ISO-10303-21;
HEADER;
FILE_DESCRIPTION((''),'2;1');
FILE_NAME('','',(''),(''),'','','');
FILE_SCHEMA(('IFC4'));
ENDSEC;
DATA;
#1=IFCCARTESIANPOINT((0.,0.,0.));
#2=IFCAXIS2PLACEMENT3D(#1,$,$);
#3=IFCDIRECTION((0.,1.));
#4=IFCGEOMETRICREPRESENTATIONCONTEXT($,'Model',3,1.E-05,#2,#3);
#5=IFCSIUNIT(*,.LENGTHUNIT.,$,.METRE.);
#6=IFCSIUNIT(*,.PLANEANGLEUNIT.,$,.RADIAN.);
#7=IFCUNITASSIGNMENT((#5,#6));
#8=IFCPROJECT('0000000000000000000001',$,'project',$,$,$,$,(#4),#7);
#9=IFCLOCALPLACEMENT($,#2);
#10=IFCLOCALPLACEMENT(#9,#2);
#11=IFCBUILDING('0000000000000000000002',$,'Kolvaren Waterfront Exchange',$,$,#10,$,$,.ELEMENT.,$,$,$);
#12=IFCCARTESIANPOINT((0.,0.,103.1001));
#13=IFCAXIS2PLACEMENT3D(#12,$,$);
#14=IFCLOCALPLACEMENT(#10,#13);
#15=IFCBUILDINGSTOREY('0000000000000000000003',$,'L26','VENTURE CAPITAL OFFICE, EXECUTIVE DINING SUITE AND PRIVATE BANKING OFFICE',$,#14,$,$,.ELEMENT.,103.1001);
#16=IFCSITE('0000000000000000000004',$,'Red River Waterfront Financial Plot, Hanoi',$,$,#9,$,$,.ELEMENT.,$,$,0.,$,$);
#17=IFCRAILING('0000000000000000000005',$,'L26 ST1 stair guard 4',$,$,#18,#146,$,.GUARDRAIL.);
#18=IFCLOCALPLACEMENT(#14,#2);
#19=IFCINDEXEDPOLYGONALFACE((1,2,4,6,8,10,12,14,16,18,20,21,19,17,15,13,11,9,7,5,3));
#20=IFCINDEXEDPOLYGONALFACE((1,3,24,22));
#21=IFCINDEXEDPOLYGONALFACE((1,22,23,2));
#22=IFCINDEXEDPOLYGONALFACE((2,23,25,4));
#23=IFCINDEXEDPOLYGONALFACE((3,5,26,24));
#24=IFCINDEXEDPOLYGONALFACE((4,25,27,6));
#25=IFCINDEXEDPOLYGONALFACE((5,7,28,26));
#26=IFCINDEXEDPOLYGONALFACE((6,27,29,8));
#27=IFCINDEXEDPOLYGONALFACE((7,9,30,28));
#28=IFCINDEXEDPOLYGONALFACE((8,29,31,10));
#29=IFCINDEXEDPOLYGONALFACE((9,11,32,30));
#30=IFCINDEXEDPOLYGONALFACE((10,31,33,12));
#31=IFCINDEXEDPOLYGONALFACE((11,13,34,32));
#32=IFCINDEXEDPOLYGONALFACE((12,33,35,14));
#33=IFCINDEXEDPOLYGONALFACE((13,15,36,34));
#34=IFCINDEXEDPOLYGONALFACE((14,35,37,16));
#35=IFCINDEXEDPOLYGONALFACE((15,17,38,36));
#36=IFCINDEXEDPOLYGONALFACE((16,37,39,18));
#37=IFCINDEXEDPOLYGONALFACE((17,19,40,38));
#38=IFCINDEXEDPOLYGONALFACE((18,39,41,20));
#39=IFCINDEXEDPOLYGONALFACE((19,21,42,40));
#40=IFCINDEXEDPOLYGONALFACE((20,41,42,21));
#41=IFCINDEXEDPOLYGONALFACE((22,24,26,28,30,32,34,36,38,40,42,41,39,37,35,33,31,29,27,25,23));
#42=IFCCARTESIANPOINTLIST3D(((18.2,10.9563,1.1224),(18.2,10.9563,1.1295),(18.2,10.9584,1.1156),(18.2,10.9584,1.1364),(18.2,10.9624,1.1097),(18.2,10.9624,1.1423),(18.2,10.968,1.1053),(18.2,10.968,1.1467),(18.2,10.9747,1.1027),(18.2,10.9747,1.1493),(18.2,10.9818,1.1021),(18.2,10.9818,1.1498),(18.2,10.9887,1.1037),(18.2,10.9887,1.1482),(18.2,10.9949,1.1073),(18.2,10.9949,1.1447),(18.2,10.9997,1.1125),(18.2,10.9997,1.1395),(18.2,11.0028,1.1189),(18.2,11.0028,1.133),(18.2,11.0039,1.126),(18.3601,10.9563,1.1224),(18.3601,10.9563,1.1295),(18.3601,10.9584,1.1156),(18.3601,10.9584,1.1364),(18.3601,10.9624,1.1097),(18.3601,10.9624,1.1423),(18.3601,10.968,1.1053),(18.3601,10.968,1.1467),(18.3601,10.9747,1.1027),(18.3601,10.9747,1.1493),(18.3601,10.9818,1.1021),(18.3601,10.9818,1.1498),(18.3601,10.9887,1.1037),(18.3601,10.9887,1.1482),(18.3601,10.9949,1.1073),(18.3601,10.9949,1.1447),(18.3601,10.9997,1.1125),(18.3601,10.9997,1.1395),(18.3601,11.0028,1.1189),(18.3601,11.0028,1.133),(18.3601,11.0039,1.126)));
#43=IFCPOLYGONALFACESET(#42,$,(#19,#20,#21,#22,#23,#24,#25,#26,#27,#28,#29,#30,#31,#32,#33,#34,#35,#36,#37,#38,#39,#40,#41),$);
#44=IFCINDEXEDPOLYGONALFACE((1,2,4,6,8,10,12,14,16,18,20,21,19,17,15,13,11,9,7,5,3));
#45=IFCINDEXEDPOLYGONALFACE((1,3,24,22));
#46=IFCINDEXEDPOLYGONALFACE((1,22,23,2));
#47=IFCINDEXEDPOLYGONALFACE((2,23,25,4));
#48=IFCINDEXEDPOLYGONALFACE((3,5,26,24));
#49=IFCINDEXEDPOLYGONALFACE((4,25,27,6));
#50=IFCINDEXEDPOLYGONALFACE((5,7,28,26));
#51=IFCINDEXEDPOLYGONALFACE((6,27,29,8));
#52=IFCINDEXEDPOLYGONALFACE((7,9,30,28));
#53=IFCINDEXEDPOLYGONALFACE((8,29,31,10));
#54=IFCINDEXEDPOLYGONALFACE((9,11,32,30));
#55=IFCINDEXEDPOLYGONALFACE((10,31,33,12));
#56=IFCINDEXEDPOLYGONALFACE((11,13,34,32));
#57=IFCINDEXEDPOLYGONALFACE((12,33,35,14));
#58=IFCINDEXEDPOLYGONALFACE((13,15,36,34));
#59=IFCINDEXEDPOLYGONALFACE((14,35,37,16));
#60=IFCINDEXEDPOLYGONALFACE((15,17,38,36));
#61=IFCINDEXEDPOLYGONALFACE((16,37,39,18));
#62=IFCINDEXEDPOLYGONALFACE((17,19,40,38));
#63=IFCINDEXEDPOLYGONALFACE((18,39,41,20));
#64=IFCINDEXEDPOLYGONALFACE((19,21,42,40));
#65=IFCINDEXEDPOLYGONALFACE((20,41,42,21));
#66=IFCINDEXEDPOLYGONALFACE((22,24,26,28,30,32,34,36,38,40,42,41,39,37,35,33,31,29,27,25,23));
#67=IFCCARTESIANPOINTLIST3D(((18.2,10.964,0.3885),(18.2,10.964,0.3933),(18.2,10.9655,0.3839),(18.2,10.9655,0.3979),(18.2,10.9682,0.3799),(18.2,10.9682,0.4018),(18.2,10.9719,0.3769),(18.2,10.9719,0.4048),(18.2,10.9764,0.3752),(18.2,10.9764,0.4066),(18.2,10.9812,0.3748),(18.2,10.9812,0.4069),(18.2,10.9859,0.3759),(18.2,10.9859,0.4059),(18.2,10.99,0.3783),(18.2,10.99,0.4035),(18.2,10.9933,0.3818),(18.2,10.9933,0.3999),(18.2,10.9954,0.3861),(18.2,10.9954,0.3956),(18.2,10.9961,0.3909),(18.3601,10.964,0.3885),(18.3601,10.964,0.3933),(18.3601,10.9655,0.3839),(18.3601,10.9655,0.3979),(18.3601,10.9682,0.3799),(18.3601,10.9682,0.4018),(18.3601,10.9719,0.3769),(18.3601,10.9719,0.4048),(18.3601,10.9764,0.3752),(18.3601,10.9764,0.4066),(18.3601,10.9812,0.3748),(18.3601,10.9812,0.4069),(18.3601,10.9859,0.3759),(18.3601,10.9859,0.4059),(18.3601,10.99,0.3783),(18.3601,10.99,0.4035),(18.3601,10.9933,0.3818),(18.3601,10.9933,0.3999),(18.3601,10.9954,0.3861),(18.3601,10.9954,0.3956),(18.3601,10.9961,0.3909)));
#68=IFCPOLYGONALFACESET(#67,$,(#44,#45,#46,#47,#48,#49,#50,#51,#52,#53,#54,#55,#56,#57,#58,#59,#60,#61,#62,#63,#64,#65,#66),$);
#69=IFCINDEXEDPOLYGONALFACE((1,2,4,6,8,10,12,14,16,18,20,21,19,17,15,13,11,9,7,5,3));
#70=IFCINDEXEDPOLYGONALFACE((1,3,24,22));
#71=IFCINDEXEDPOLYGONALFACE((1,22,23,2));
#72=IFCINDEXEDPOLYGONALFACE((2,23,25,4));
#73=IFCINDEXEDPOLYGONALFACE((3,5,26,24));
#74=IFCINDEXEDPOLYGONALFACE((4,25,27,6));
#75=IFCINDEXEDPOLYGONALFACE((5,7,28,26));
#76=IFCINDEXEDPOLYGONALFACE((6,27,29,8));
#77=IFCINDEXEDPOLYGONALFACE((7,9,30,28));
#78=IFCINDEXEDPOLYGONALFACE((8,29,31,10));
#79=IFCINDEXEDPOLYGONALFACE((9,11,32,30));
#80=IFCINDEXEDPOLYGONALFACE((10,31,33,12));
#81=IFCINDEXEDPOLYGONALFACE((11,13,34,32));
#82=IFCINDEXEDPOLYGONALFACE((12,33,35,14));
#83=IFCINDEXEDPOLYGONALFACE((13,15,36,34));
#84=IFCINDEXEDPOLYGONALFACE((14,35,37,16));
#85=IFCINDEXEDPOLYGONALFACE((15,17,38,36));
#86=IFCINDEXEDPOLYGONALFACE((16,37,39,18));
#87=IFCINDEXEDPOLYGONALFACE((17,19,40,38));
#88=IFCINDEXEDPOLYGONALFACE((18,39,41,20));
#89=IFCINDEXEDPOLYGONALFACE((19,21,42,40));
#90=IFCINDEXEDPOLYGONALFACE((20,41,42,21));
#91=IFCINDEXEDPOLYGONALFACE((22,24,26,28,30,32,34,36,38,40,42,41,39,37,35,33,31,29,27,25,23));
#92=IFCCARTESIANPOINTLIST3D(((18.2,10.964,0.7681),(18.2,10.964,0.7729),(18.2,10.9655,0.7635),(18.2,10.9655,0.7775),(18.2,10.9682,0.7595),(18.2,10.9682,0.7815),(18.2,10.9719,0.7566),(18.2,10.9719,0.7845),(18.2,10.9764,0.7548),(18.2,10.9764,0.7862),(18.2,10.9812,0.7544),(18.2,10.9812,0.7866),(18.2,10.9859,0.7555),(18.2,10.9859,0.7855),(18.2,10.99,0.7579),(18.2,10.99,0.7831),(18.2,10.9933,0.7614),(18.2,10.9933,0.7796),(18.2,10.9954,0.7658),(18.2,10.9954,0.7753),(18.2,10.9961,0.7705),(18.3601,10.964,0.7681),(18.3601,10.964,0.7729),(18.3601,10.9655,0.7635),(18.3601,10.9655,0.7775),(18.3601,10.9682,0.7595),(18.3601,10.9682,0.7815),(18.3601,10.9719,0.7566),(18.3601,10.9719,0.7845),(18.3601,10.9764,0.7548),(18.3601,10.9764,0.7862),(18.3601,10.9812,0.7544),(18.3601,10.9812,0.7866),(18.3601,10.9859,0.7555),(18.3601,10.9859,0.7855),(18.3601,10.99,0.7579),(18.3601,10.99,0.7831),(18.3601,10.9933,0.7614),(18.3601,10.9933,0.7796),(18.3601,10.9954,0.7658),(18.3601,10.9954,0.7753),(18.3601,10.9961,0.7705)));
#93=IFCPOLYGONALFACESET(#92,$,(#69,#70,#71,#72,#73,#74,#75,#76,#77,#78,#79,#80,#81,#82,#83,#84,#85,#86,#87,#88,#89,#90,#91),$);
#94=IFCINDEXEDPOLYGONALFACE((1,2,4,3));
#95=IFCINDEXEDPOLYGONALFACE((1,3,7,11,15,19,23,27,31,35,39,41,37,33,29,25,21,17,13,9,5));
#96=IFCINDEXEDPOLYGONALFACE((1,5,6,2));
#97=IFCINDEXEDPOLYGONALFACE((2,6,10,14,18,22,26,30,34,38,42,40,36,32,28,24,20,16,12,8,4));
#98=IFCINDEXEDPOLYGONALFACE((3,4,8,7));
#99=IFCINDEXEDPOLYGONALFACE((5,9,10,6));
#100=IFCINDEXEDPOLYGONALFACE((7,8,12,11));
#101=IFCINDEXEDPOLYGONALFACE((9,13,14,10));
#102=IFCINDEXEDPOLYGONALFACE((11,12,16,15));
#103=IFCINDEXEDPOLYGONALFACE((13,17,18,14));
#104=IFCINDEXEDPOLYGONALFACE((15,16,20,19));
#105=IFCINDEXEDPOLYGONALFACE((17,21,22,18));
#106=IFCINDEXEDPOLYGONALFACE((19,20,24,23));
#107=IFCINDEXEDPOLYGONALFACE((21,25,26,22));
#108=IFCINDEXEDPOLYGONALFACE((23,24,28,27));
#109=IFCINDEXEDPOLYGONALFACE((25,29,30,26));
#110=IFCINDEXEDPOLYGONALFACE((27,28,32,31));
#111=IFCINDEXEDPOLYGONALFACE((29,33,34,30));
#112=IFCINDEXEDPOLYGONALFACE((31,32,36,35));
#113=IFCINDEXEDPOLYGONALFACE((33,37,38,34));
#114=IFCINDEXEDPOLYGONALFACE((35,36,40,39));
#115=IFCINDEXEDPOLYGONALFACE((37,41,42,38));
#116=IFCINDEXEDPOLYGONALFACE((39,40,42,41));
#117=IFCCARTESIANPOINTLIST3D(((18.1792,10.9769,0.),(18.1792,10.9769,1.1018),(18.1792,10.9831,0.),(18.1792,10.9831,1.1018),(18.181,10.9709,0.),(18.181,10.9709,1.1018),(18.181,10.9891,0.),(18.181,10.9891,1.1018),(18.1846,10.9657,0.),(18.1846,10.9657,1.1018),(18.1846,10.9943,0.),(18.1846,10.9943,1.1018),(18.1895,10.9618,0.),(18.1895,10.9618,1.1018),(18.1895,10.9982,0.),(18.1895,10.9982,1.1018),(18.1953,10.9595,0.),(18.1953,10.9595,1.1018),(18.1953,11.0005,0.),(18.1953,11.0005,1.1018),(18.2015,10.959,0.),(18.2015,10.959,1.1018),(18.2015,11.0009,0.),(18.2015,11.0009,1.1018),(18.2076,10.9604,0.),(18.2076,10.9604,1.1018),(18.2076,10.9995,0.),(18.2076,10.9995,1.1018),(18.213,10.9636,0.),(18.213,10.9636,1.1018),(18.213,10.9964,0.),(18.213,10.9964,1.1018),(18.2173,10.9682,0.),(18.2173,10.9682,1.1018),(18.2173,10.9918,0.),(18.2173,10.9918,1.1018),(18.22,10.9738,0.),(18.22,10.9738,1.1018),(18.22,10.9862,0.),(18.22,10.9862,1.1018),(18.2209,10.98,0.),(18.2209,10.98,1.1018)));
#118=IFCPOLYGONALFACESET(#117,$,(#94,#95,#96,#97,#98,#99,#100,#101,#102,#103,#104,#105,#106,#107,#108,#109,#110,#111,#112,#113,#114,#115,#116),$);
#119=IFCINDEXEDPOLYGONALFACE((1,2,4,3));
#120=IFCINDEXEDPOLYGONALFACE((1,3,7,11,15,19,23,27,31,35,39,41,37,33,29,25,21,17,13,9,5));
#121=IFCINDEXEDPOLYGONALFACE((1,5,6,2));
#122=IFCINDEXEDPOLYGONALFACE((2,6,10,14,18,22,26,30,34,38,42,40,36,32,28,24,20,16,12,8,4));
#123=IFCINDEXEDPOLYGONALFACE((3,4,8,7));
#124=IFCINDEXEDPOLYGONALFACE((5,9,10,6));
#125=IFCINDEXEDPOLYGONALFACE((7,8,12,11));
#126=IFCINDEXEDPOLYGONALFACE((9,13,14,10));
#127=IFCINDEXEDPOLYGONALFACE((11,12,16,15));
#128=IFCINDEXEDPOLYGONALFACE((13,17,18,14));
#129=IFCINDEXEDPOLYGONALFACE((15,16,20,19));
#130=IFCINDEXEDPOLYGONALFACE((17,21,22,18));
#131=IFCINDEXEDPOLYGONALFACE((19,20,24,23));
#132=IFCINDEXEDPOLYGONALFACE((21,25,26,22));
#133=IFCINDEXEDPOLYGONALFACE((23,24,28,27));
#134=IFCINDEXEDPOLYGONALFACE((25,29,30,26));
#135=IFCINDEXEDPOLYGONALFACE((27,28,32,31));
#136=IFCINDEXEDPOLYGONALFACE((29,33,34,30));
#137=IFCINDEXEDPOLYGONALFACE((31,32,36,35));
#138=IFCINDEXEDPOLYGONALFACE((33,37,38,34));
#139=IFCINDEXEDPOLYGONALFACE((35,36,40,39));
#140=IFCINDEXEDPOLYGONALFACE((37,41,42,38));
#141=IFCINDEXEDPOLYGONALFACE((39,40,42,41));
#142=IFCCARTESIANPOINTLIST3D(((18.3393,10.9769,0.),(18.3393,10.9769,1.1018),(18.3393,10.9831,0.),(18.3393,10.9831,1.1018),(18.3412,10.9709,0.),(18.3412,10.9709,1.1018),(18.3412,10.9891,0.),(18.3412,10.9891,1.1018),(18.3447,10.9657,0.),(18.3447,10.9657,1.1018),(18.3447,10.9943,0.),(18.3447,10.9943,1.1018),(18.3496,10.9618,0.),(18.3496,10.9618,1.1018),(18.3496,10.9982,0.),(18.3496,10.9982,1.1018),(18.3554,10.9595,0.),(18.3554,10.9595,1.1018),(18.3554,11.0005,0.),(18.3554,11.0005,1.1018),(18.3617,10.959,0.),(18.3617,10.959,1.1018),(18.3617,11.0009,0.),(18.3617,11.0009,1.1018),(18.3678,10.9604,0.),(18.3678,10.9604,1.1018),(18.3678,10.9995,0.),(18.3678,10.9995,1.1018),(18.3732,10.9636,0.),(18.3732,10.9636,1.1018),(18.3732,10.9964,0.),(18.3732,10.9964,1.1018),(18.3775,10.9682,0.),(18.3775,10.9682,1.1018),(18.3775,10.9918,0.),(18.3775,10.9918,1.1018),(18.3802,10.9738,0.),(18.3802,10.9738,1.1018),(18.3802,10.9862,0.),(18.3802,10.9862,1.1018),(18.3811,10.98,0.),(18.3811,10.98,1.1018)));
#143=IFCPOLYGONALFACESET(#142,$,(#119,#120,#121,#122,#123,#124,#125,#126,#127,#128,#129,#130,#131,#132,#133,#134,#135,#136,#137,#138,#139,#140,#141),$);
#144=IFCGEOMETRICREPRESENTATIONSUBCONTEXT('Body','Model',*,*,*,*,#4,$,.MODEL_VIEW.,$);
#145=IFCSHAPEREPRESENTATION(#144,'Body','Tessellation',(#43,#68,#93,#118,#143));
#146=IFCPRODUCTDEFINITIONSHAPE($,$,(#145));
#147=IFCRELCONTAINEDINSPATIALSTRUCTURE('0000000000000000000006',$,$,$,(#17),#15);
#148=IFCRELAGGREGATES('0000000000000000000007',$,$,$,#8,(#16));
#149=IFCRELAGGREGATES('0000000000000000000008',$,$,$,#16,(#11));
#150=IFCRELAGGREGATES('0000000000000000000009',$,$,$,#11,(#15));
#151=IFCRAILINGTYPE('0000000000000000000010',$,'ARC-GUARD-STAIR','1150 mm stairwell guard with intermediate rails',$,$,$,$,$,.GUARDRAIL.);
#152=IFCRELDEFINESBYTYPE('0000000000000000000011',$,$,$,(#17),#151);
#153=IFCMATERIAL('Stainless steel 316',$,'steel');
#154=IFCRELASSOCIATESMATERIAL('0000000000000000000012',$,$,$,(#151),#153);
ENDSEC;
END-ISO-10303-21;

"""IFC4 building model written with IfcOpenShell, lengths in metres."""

from ifc_helpers import new_model, si_unit, direction, frame, origin, origin_2d, place, context, subcontext, project, spatial, circle, extrude, material, type_object, element, save


model = new_model("IFC4")

# Units and contexts
model_context = context("Model", 3, precision=1e-05, world=origin(), true_north=direction((0.0, 1.0)))
body_context = subcontext(model_context, "Body", "Model", "MODEL_VIEW")
ifc_project = project(units=[si_unit("LENGTHUNIT", "METRE"), si_unit("PLANEANGLEUNIT", "RADIAN")], contexts=[model_context])

# Site, building, storey
site_placement = place(None, origin())
site = spatial("IfcSite", under=ifc_project, at=site_placement, Name="Red River Waterfront Financial Plot, Hanoi", CompositionType="ELEMENT", RefElevation=0.0)
building_placement = place(site_placement, origin())
building = spatial("IfcBuilding", under=site, at=building_placement, Name="Kolvaren Waterfront Exchange", CompositionType="ELEMENT")
storey_placement = place(building_placement, frame((0.0, 0.0, 103.1001)))
storey = spatial("IfcBuildingStorey", under=building, at=storey_placement, Name="L26", Description="VENTURE CAPITAL OFFICE, EXECUTIVE DINING SUITE AND PRIVATE BANKING OFFICE", CompositionType="ELEMENT", Elevation=103.1001)

# Railing
ifc_material_1 = material(Name="Stainless steel 316", Category="steel")
railing_type_1 = type_object("IfcRailingType", Name="ARC-GUARD-STAIR", Description="1150 mm stairwell guard with intermediate rails", PredefinedType="GUARDRAIL", material=ifc_material_1)
railing_1_placement = place(storey_placement, frame((18.2, 10.98, 0.0)))
element("IfcRailing", 1, at=railing_1_placement, inside=storey, type_object=railing_type_1, Name="L26 ST1 stair guard 4", PredefinedType="GUARDRAIL", context=body_context, shape_type="SweptSolid", body=[
    extrude(circle(Radius=0.0239, at=origin_2d()), frame((0.0, 0.0, 1.126), z_axis=(1.0, 0.0, 0.0), x_axis=(0.0, 1.0, 0.0)), (0.0, 0.0, 1.0), 0.1602),
    extrude(circle(Radius=0.0161, at=origin_2d()), frame((0.0, 0.0, 0.3909), z_axis=(1.0, 0.0, 0.0), x_axis=(0.0, 1.0, 0.0)), (0.0, 0.0, 1.0), 0.1602),
    extrude(circle(Radius=0.0161, at=origin_2d()), frame((0.0, 0.0, 0.7705), z_axis=(1.0, 0.0, 0.0), x_axis=(0.0, 1.0, 0.0)), (0.0, 0.0, 1.0), 0.1602),
    extrude(circle(Radius=0.021, at=origin_2d()), origin(), (0.0, 0.0, 1.0), 1.1018),
    extrude(circle(Radius=0.021, at=origin_2d()), frame((0.1602, 0.0, 0.0)), (0.0, 0.0, 1.0), 1.1018),
])

save(model, "model.ifc")
